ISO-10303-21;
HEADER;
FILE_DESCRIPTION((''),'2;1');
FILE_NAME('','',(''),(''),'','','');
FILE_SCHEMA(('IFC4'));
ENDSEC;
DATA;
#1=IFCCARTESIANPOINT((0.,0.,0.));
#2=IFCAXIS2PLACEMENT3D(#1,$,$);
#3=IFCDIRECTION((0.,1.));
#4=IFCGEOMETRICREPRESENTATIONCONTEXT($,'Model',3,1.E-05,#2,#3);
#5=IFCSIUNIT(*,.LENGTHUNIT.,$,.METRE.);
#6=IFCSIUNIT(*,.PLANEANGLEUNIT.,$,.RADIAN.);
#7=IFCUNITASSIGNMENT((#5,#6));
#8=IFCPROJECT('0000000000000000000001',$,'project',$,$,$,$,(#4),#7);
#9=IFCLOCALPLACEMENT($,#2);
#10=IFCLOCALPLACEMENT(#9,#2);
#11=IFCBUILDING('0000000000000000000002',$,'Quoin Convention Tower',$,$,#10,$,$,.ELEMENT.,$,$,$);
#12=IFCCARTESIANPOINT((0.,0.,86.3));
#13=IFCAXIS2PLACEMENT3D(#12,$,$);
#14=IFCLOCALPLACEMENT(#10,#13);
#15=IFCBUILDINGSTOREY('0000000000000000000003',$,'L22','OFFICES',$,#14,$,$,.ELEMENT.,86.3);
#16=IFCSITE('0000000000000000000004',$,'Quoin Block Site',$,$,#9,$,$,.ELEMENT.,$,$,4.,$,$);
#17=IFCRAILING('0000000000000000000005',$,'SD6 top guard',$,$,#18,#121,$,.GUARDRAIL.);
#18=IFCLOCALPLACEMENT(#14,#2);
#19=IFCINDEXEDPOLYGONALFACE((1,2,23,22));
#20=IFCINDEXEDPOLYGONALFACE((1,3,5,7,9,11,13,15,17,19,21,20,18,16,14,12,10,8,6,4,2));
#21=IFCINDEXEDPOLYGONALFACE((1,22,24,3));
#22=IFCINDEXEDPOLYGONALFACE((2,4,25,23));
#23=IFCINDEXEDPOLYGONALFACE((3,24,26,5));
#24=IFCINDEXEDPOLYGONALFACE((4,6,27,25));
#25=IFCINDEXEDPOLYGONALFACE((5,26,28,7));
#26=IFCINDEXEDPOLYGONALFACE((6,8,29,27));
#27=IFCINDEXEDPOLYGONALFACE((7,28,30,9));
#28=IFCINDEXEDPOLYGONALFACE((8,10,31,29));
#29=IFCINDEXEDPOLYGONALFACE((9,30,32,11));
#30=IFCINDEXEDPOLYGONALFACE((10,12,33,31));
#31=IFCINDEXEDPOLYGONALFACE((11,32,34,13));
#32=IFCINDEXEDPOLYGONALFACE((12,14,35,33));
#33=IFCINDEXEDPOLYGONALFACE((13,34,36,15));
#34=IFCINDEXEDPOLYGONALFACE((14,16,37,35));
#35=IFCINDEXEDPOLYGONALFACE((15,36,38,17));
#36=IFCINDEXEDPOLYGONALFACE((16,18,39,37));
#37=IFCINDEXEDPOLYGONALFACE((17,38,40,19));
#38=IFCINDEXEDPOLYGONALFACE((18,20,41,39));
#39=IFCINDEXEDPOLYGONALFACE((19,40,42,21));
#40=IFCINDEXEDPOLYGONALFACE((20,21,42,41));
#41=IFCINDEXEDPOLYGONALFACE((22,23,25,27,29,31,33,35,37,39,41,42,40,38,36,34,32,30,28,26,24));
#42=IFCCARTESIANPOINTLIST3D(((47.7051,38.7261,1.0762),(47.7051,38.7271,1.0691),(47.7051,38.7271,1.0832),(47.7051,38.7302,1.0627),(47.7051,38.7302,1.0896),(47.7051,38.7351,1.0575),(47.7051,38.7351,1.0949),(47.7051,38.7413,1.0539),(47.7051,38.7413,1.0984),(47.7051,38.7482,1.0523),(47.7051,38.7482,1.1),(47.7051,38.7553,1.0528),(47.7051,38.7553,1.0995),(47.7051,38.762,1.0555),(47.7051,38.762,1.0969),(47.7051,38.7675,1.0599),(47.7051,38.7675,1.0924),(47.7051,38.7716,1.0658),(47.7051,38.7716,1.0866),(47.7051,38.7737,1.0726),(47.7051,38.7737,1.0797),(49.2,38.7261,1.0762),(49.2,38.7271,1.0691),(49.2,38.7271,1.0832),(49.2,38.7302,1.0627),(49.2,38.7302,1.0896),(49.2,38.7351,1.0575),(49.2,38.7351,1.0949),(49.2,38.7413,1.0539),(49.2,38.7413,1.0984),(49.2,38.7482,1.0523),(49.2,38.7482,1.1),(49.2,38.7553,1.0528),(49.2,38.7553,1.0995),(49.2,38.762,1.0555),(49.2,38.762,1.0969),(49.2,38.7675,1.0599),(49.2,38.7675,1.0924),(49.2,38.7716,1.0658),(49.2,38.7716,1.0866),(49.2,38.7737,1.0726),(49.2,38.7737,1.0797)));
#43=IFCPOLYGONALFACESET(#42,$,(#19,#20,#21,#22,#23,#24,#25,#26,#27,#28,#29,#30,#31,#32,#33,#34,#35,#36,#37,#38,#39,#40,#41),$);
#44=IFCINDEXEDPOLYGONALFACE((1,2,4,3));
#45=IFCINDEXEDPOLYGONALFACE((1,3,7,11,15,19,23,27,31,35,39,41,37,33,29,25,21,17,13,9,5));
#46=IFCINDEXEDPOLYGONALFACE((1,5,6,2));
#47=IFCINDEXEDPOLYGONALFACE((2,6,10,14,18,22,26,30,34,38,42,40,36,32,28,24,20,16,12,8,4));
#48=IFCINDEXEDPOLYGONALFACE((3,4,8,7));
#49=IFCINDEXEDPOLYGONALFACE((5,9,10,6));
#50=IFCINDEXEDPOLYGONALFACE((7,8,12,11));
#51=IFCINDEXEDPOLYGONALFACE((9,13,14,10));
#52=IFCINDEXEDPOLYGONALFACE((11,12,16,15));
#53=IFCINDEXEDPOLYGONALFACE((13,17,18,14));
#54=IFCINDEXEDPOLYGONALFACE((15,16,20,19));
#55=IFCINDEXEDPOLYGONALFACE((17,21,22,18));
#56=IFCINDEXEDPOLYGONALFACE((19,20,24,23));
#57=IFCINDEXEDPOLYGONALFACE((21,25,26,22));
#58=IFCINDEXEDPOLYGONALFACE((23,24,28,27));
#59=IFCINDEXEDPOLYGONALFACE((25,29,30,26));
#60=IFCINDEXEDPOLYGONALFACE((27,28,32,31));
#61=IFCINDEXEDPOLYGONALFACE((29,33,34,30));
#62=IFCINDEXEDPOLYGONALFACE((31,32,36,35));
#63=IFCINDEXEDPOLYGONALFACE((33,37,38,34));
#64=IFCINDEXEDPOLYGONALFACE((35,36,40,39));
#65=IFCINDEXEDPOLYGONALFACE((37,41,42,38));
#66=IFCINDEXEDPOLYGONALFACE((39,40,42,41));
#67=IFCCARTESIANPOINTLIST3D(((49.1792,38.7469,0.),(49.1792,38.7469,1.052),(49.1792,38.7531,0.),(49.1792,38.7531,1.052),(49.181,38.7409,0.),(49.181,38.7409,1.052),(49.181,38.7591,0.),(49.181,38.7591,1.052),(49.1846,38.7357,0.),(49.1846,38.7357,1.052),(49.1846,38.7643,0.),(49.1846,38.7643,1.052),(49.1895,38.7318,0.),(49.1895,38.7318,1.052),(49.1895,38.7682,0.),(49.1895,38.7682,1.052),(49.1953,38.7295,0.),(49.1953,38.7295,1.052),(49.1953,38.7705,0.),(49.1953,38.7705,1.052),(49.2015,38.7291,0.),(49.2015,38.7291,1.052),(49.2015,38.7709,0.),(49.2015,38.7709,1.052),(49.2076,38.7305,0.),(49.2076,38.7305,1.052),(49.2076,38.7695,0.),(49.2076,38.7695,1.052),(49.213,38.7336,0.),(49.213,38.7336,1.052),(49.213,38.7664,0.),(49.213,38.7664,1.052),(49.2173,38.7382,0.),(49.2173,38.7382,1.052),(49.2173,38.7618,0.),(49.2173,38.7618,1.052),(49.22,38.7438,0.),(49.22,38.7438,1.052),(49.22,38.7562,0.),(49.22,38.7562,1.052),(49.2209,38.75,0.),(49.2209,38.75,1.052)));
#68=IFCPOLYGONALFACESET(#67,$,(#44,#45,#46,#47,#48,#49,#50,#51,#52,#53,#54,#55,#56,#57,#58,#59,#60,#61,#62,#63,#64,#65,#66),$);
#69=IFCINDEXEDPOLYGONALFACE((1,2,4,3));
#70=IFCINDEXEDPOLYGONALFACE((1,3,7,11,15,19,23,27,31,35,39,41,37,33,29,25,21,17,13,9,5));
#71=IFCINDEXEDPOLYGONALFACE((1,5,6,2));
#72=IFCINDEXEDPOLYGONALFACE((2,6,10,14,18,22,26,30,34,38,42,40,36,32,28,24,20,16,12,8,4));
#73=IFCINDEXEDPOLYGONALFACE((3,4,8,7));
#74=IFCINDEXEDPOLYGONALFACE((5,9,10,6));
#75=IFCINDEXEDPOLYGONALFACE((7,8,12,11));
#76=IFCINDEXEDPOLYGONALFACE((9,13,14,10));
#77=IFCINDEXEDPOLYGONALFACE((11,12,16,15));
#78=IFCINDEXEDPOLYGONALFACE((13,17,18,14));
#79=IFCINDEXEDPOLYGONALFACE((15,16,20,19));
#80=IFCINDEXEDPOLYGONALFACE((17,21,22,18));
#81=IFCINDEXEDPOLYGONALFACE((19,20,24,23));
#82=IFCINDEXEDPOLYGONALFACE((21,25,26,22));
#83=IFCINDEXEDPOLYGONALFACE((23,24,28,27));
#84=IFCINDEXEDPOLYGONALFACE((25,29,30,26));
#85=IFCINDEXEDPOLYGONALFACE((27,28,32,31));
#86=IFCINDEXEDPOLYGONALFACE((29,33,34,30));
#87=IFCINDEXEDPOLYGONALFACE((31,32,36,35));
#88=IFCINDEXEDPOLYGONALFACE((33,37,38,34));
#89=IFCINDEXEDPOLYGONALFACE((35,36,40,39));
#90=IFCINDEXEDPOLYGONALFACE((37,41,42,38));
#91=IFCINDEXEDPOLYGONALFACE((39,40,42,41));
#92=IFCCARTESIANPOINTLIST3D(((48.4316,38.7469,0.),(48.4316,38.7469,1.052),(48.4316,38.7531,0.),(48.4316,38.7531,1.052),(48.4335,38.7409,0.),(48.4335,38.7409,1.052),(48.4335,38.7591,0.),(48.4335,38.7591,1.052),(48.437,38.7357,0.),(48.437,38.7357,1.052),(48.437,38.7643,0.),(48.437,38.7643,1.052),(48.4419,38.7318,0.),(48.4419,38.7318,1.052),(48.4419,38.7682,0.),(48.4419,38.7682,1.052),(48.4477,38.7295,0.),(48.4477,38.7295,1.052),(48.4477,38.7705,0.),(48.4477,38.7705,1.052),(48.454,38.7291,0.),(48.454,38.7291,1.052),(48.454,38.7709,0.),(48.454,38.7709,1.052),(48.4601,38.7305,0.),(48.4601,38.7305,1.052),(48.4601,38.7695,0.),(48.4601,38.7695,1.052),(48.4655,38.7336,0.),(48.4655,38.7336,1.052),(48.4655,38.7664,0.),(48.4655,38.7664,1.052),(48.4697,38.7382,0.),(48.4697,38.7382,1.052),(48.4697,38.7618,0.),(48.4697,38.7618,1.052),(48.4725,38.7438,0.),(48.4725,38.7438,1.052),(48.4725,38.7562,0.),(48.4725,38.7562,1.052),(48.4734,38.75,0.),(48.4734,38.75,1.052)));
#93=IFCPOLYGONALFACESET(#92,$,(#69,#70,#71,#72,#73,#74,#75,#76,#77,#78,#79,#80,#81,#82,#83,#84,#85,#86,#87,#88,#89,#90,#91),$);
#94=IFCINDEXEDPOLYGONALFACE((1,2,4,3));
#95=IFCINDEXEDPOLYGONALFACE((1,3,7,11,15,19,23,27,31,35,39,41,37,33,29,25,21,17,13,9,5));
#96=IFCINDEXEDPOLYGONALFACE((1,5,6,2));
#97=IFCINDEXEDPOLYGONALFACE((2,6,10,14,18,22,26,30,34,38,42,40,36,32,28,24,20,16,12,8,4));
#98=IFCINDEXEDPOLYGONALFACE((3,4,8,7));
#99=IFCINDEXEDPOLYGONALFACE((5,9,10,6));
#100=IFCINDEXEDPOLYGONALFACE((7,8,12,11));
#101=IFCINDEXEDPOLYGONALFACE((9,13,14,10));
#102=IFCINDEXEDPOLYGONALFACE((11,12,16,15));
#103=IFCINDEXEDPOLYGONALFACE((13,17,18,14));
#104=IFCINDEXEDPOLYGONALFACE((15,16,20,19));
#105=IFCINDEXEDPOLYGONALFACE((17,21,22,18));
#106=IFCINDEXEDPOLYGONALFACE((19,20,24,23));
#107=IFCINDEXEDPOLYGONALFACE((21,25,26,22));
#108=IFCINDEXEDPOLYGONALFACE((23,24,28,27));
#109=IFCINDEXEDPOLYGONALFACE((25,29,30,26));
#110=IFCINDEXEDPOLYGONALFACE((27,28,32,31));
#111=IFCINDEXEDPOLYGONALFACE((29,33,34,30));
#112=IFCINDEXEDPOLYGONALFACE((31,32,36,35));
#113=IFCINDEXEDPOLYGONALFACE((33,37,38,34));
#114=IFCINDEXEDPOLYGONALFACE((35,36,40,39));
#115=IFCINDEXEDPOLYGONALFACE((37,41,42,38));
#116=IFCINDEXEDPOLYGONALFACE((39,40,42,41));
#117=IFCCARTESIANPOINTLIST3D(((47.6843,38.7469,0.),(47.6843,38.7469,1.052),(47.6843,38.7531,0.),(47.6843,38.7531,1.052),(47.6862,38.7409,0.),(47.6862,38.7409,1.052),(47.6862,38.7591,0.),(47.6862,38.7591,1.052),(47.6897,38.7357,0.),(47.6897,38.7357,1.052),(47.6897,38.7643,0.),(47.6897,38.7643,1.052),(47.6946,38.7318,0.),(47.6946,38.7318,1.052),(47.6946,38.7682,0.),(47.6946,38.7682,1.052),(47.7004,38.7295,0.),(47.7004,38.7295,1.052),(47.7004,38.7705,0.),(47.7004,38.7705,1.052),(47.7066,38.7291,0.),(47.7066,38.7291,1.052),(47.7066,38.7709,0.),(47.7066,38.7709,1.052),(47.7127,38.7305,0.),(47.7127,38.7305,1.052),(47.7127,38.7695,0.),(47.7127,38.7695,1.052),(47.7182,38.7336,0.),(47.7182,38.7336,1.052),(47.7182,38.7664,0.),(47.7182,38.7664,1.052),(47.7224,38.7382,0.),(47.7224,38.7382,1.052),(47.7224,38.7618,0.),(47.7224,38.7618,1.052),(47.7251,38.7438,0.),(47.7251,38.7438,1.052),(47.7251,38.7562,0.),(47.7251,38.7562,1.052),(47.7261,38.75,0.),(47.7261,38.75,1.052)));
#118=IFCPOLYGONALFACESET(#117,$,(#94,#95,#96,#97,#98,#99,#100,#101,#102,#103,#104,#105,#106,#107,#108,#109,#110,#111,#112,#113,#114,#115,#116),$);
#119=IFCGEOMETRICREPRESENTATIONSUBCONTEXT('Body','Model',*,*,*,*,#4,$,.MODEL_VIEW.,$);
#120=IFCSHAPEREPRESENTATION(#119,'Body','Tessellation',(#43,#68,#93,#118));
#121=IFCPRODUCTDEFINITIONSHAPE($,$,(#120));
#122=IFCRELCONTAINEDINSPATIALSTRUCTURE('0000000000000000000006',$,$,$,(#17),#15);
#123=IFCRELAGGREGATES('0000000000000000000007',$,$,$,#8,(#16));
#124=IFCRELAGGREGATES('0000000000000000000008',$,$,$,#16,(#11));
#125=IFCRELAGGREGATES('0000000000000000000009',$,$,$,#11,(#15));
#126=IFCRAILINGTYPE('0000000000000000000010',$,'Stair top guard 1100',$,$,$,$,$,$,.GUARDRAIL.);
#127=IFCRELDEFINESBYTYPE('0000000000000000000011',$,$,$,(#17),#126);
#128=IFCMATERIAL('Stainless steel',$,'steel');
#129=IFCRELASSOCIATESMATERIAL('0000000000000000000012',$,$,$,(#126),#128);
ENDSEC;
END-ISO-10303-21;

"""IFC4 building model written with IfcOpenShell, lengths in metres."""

from ifc_helpers import new_model, si_unit, direction, frame, origin, origin_2d, place, context, subcontext, project, spatial, circle, extrude, material, type_object, element, save


model = new_model("IFC4")

# Units and contexts
model_context = context("Model", 3, precision=1e-05, world=origin(), true_north=direction((0.0, 1.0)))
body_context = subcontext(model_context, "Body", "Model", "MODEL_VIEW")
ifc_project = project(units=[si_unit("LENGTHUNIT", "METRE"), si_unit("PLANEANGLEUNIT", "RADIAN")], contexts=[model_context])

# Site, building, storey
site_placement = place(None, origin())
site = spatial("IfcSite", under=ifc_project, at=site_placement, Name="Quoin Block Site", CompositionType="ELEMENT", RefElevation=4.0)
building_placement = place(site_placement, origin())
building = spatial("IfcBuilding", under=site, at=building_placement, Name="Quoin Convention Tower", CompositionType="ELEMENT")
storey_placement = place(building_placement, frame((0.0, 0.0, 86.3)))
storey = spatial("IfcBuildingStorey", under=building, at=storey_placement, Name="L22", Description="OFFICES", CompositionType="ELEMENT", Elevation=86.3)

# Railing
ifc_material_1 = material(Name="Stainless steel", Category="steel")
railing_type_1 = type_object("IfcRailingType", Name="Stair top guard 1100", PredefinedType="GUARDRAIL", material=ifc_material_1)
railing_1_placement = place(storey_placement, frame((49.2, 38.75, 0.0)))
element("IfcRailing", 1, at=railing_1_placement, inside=storey, type_object=railing_type_1, Name="SD6 top guard", PredefinedType="GUARDRAIL", context=body_context, shape_type="SweptSolid", body=[
    extrude(circle(Radius=0.0239, at=origin_2d()), frame((0.0, 0.0, 1.0762), z_axis=(-1.0, 0.0, 0.0), x_axis=(0.0, -1.0, 0.0)), (0.0, 0.0, 1.0), 1.4949),
    extrude(circle(Radius=0.021, at=origin_2d()), origin(), (0.0, 0.0, 1.0), 1.052),
    extrude(circle(Radius=0.021, at=origin_2d()), frame((-0.7476, 0.0, 0.0)), (0.0, 0.0, 1.0), 1.052),
    extrude(circle(Radius=0.021, at=origin_2d()), frame((-1.4949, 0.0, 0.0)), (0.0, 0.0, 1.0), 1.052),
])

save(model, "model.ifc")
